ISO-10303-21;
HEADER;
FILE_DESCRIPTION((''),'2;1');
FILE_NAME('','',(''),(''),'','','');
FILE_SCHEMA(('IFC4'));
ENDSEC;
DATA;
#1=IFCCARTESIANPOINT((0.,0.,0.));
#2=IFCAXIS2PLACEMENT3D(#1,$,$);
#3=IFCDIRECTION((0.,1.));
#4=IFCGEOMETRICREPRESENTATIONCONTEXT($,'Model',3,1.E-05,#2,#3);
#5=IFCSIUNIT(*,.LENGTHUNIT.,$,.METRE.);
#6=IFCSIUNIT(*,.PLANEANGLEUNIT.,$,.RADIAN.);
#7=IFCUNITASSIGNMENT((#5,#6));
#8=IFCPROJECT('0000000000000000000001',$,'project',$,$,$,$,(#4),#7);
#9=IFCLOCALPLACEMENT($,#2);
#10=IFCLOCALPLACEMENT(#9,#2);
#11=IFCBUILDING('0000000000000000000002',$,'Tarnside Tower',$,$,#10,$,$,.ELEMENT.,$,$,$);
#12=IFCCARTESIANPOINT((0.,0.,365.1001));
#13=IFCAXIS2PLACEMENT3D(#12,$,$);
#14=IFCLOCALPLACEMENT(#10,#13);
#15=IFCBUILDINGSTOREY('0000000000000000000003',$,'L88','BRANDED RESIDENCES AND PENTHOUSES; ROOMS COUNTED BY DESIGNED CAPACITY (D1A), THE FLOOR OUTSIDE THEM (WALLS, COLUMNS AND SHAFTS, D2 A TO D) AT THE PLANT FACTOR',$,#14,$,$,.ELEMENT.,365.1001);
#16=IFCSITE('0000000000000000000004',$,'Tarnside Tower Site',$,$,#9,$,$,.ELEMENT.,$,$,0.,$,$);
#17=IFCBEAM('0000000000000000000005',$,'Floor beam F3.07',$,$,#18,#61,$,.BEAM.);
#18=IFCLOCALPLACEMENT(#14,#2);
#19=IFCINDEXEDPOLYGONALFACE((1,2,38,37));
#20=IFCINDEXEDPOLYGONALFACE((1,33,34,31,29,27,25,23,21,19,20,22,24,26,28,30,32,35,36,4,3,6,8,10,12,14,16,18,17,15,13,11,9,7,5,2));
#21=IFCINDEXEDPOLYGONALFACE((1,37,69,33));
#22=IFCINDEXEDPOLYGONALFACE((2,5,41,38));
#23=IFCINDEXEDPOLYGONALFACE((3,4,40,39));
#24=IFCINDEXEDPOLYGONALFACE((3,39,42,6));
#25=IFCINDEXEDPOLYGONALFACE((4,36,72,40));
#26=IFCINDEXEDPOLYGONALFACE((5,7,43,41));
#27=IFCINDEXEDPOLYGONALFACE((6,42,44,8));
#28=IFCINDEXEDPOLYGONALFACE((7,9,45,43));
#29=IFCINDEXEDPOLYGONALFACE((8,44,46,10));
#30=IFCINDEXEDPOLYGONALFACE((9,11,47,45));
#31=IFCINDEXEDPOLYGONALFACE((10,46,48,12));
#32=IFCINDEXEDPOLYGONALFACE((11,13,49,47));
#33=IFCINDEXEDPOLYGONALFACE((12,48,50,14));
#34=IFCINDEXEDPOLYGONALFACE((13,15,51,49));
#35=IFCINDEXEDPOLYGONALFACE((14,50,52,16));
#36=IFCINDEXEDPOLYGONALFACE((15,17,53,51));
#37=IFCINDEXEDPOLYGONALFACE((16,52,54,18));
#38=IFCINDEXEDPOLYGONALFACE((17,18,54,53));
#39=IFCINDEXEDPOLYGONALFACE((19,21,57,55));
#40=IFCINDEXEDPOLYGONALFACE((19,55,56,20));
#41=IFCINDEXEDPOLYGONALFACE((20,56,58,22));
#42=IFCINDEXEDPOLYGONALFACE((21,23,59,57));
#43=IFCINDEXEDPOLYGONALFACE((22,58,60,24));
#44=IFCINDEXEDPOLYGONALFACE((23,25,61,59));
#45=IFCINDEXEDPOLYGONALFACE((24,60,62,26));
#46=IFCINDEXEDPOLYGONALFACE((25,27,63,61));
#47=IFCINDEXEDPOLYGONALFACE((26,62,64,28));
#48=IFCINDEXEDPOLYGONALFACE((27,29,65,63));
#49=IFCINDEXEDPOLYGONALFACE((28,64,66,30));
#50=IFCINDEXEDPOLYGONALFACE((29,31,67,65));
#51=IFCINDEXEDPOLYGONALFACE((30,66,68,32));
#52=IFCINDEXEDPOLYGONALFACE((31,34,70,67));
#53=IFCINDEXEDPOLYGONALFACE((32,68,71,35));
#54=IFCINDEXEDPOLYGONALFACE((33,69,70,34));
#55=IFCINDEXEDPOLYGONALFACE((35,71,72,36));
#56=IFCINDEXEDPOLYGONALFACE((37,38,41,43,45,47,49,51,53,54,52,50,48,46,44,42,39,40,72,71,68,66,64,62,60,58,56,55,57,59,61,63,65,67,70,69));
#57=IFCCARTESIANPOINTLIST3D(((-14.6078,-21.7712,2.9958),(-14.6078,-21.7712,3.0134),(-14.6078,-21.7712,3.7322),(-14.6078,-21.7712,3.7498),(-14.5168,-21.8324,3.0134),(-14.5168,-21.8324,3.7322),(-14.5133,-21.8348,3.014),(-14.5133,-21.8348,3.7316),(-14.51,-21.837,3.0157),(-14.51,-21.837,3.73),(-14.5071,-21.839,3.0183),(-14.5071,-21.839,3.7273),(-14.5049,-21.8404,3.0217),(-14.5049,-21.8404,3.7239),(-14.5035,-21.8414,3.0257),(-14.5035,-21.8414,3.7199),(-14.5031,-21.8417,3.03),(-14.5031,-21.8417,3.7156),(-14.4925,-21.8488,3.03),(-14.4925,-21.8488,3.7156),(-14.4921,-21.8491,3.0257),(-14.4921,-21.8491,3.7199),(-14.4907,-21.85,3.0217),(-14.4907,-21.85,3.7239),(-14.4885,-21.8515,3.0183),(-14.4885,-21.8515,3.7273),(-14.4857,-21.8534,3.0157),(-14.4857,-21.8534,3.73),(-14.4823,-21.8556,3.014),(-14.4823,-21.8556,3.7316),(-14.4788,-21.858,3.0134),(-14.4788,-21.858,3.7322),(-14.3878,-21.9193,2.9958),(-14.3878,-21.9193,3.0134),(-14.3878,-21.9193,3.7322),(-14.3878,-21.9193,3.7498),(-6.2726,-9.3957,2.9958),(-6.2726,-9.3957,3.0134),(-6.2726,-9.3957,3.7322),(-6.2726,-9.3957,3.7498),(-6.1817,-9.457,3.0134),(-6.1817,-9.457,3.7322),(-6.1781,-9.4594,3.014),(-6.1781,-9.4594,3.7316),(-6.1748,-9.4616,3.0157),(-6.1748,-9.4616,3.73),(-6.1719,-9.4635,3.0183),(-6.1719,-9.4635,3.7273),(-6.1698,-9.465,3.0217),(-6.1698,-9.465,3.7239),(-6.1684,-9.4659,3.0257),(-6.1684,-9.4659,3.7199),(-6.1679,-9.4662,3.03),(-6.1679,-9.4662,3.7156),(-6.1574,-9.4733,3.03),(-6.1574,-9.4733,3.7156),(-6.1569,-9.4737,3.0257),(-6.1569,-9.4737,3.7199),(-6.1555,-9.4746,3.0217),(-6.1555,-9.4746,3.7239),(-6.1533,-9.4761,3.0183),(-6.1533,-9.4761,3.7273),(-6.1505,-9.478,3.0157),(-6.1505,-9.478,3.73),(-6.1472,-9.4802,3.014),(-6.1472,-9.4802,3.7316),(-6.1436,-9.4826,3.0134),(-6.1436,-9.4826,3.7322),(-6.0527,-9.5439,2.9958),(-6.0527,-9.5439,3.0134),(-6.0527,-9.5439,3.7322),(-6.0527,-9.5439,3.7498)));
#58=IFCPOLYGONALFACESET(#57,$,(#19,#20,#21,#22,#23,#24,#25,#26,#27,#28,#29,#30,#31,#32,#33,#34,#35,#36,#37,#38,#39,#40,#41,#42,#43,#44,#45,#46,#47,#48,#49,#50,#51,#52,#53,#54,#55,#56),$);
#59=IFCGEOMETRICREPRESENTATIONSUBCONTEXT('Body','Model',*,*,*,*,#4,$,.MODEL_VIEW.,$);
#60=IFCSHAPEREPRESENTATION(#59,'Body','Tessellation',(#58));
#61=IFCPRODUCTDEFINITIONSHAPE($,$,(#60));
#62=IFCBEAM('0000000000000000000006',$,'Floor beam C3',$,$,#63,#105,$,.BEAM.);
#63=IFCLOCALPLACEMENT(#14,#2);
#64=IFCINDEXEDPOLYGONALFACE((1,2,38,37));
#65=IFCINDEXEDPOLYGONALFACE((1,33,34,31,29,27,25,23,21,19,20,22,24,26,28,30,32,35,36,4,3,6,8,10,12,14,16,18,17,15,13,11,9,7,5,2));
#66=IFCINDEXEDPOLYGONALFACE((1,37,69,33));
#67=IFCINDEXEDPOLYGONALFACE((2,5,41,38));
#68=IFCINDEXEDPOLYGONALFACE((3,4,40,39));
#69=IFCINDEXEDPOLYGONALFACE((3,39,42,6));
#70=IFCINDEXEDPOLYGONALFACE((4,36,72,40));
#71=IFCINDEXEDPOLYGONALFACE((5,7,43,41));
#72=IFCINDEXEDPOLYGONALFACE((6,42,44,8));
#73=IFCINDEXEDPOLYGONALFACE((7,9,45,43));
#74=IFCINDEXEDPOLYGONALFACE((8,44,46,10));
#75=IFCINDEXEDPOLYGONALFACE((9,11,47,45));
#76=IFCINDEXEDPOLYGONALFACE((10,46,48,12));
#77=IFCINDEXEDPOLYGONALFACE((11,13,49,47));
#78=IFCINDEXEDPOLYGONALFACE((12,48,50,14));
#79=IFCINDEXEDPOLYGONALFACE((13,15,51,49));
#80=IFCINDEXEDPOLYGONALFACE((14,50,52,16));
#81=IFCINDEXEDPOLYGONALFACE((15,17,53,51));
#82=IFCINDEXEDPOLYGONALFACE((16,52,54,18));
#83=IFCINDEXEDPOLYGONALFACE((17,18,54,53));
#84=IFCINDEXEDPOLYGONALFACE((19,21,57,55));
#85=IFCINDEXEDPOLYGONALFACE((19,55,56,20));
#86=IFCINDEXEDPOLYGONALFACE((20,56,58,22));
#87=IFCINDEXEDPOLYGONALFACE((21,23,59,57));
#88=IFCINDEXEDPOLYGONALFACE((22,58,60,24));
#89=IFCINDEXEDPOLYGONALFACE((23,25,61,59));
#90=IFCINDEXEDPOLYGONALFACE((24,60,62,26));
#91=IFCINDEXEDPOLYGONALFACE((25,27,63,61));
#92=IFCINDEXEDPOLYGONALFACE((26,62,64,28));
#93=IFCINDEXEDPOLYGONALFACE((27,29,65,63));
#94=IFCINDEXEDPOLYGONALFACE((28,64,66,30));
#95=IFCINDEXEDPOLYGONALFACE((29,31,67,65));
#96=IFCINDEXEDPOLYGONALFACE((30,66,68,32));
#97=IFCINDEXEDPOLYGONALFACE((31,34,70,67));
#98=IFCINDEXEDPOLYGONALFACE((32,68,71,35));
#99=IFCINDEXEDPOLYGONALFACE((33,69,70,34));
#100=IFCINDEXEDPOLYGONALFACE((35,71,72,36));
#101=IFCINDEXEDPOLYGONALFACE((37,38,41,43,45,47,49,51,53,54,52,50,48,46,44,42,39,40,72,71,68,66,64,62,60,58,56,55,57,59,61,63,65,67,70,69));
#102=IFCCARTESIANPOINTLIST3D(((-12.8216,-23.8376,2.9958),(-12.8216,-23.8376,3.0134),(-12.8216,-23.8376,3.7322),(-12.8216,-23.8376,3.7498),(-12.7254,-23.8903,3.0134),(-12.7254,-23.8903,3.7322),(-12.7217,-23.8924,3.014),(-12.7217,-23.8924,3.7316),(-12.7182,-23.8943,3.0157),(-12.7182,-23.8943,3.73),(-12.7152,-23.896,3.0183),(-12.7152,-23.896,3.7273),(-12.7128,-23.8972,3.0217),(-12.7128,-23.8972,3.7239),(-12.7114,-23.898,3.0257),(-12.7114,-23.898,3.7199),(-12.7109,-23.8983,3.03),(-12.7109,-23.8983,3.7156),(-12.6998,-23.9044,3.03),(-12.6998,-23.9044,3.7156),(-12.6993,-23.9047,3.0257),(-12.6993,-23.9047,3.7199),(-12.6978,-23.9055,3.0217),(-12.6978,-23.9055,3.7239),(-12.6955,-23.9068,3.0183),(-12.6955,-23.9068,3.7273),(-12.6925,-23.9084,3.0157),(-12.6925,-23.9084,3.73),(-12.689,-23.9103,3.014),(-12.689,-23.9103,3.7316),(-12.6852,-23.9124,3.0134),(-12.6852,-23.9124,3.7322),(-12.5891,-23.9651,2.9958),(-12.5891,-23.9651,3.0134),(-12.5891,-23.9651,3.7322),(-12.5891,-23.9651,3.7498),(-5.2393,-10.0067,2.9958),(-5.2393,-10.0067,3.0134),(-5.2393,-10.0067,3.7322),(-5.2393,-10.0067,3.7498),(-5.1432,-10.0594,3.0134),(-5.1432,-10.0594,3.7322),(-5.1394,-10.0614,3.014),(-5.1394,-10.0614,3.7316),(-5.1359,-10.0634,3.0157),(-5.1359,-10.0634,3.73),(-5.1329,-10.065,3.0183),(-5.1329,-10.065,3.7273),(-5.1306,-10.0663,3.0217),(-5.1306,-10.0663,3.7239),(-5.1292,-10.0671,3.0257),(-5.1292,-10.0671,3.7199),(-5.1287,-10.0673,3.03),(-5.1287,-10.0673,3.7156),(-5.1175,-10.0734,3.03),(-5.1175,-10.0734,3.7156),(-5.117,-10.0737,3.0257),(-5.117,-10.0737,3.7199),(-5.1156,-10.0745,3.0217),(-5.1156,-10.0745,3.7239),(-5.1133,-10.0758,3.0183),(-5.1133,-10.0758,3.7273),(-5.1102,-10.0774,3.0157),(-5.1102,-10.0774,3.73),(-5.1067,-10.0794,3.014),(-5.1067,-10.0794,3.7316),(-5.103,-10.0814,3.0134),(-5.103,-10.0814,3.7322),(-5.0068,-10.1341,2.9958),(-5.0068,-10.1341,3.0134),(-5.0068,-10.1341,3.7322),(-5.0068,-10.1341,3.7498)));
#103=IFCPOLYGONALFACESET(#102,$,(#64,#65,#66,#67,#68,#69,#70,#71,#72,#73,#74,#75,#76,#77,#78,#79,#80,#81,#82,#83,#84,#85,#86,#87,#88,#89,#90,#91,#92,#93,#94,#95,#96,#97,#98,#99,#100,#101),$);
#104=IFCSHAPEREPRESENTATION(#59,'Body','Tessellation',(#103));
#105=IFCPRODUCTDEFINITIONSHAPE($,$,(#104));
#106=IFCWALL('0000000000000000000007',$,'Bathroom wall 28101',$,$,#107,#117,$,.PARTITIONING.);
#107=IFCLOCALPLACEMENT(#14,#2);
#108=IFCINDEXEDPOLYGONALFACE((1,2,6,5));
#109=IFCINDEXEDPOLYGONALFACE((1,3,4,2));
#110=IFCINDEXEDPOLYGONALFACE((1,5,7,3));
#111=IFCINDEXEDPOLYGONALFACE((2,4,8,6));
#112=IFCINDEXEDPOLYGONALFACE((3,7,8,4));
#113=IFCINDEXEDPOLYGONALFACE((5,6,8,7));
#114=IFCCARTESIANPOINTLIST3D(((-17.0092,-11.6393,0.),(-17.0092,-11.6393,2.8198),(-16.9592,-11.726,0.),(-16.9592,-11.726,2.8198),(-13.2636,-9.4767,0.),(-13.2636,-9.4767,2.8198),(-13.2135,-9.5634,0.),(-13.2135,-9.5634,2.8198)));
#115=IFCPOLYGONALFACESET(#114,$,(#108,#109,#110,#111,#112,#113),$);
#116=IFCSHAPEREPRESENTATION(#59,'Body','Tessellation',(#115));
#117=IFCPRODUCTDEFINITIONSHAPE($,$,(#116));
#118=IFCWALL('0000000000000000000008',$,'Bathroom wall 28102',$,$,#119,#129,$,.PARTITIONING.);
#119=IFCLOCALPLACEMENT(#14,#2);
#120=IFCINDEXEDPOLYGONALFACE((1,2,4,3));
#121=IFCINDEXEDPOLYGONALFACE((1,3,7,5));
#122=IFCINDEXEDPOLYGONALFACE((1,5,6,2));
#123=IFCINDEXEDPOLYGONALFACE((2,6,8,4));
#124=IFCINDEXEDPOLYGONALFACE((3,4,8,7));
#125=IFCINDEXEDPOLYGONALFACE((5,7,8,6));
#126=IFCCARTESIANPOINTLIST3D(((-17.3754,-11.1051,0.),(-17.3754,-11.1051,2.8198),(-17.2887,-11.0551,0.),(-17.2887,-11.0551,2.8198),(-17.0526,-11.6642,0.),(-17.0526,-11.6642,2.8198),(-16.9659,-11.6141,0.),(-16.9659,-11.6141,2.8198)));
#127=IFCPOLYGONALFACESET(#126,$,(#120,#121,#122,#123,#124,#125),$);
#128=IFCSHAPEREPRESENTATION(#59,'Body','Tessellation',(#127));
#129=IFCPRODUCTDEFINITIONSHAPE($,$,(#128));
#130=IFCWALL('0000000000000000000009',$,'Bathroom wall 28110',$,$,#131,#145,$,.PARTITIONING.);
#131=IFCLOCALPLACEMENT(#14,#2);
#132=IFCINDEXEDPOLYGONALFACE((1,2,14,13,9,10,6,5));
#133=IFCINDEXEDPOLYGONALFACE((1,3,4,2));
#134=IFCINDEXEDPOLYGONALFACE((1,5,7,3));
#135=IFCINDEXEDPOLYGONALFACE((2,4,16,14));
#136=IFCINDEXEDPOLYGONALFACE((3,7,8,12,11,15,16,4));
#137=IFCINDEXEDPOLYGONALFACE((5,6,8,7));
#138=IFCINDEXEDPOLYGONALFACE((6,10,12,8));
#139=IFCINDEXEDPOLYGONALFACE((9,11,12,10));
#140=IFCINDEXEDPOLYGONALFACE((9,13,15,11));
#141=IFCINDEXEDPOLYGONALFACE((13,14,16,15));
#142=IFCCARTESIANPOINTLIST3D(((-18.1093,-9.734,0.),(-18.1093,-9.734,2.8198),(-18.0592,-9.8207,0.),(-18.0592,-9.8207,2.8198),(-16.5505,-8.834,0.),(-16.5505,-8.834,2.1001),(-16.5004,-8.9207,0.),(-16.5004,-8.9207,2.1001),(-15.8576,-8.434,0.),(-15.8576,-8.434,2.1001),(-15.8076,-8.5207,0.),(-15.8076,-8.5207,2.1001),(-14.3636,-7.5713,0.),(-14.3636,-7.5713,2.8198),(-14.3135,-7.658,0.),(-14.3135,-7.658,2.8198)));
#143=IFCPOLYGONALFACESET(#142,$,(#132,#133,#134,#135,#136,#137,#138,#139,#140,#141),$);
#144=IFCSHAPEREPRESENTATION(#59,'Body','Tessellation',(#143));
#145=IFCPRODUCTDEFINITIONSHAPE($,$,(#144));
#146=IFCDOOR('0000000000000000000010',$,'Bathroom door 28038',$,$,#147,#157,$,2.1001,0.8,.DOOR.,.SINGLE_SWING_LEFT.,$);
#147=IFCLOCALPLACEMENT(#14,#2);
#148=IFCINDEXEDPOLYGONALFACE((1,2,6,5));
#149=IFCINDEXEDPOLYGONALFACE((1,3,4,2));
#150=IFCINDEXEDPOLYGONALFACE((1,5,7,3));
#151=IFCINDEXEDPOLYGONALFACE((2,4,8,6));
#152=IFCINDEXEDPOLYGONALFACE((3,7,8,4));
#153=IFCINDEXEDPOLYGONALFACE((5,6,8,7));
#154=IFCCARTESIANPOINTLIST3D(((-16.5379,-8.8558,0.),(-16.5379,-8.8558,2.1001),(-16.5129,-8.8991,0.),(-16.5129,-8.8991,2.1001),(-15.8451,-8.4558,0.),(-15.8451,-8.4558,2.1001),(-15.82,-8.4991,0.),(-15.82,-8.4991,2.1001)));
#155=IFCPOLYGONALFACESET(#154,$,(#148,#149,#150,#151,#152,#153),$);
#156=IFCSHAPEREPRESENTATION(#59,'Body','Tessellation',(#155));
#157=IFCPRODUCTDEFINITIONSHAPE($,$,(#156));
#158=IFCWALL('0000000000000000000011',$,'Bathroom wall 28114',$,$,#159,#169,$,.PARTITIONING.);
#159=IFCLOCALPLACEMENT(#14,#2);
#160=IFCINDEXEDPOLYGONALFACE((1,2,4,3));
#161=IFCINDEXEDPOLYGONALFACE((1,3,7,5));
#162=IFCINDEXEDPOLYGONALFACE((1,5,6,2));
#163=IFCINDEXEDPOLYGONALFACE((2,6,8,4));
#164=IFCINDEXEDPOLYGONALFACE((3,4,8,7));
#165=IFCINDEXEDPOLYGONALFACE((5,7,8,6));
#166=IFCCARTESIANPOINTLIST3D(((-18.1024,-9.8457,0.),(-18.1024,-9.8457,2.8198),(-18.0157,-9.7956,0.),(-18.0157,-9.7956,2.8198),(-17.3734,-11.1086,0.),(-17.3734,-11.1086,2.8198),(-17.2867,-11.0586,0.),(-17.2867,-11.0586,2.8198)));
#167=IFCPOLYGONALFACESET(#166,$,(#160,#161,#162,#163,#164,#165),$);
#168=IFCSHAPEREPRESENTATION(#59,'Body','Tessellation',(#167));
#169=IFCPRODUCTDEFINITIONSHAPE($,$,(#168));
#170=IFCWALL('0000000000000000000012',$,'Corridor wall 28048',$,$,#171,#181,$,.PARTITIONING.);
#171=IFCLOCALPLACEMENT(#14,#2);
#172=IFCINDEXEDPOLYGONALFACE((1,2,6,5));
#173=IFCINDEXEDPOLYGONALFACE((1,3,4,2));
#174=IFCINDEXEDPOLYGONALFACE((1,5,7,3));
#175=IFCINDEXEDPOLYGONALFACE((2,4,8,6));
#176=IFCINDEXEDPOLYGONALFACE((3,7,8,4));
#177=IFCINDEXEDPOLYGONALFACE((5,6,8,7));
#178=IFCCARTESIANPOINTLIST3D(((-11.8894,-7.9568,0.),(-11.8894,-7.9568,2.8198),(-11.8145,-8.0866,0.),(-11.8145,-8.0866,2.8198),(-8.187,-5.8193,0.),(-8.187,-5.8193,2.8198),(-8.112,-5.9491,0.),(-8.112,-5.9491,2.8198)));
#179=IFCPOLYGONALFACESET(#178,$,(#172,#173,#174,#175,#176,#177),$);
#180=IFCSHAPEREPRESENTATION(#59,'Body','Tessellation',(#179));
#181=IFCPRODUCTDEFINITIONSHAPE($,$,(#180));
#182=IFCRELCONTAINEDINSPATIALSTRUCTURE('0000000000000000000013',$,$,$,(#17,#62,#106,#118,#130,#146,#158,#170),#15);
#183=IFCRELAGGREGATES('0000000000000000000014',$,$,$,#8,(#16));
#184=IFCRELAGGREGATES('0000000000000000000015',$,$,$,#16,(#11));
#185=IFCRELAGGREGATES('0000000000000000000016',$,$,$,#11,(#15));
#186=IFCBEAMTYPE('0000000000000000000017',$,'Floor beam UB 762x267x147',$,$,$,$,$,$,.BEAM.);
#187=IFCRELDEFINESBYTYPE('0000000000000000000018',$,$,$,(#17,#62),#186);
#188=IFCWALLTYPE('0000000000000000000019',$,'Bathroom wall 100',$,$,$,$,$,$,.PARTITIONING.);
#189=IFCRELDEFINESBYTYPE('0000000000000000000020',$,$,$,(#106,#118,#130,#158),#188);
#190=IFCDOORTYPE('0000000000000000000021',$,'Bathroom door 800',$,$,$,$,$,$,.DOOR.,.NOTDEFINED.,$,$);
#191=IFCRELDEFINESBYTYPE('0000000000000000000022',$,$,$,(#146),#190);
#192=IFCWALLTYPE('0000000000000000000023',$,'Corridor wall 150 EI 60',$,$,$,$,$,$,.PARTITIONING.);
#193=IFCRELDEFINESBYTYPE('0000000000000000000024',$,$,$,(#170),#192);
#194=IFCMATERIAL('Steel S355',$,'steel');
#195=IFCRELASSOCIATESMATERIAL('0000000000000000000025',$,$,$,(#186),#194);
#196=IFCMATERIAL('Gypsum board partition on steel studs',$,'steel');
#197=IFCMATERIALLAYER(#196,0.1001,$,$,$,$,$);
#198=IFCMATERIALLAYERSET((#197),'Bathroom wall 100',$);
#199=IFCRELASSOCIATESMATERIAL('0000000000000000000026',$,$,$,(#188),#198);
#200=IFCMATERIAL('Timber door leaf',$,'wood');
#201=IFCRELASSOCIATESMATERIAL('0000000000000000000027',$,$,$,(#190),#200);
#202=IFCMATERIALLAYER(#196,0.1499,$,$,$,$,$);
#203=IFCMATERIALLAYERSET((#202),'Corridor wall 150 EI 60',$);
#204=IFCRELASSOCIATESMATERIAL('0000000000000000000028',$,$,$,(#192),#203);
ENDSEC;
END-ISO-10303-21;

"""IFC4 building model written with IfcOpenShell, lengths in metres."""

from ifc_helpers import new_model, si_unit, direction, frame, frame_2d, origin, origin_2d, place, context, subcontext, project, spatial, rectangle, i_section, extrude, material, layer, layer_set, material_profile, profile_set, type_object, element, fill, save


model = new_model("IFC4")

# Units and contexts
model_context = context("Model", 3, precision=1e-05, world=origin(), true_north=direction((0.0, 1.0)))
body_context = subcontext(model_context, "Body", "Model", "MODEL_VIEW")
ifc_project = project(units=[si_unit("LENGTHUNIT", "METRE"), si_unit("PLANEANGLEUNIT", "RADIAN")], contexts=[model_context])

# Site, building, storey
site_placement = place(None, origin())
site = spatial("IfcSite", under=ifc_project, at=site_placement, Name="Tarnside Tower Site", CompositionType="ELEMENT", RefElevation=0.0)
building_placement = place(site_placement, origin())
building = spatial("IfcBuilding", under=site, at=building_placement, Name="Tarnside Tower", CompositionType="ELEMENT")
storey_placement = place(building_placement, frame((0.0, 0.0, 365.1001)))
storey = spatial("IfcBuildingStorey", under=building, at=storey_placement, Name="L88", Description="BRANDED RESIDENCES AND PENTHOUSES; ROOMS COUNTED BY DESIGNED CAPACITY (D1A), THE FLOOR OUTSIDE THEM (WALLS, COLUMNS AND SHAFTS, D2 A TO D) AT THE PLANT FACTOR", CompositionType="ELEMENT", Elevation=365.1001)

# Beams
ifc_material_1 = material(Name="Steel S355", Category="steel")
ifc_material_profile_1 = material_profile(ifc_material_1, i_section(OverallWidth=0.2651, OverallDepth=0.7539, WebThickness=0.0127, FlangeThickness=0.0176, FilletRadius=0.0166, at=origin_2d()), Name="UB 762x267x147")
ifc_profile_set_1 = profile_set([ifc_material_profile_1], Name="Steel S355")
beam_type_1 = type_object("IfcBeamType", Name="Floor beam UB 762x267x147", PredefinedType="BEAM", material=ifc_profile_set_1)
beam_1_placement = place(storey_placement, frame((-14.4978, -21.8452, 3.3728), z_axis=(0.558632, 0.829415, 0.0), x_axis=(-0.829415, 0.558632, 0.0)))
element("IfcBeam", 1, at=beam_1_placement, inside=storey, type_object=beam_type_1, Name="Floor beam F3.07", PredefinedType="BEAM", context=body_context, shape_type="SweptSolid", body=[
    extrude(i_section(OverallWidth=0.2651, OverallDepth=0.7539, WebThickness=0.0127, FlangeThickness=0.0176, FilletRadius=0.0166, at=origin_2d()), origin(), (0.0, 0.0, 1.0), 14.9207),
])
beam_2_placement = place(storey_placement, frame((-12.7053, -23.9014, 3.3728), z_axis=(0.480711, 0.876879, 0.0), x_axis=(-0.876879, 0.480711, 0.0)))
element("IfcBeam", 2, at=beam_2_placement, inside=storey, type_object=beam_type_1, Name="Floor beam C3", PredefinedType="BEAM", context=body_context, shape_type="SweptSolid", body=[
    extrude(i_section(OverallWidth=0.2651, OverallDepth=0.7539, WebThickness=0.0127, FlangeThickness=0.0176, FilletRadius=0.0166, at=origin_2d()), origin(), (0.0, 0.0, 1.0), 15.7729),
])

# Walls
ifc_material_2 = material(Name="Gypsum board partition on steel studs", Category="steel")
ifc_layer_1 = layer(ifc_material_2, 0.1001)
ifc_layer_set_1 = layer_set([ifc_layer_1], Name="Bathroom wall 100")
wall_type_1 = type_object("IfcWallType", Name="Bathroom wall 100", PredefinedType="PARTITIONING", material=ifc_layer_set_1)
wall_1_placement = place(storey_placement, frame((-13.2385, -9.52, 0.0), z_axis=(0.0, 0.0, 1.0), x_axis=(-0.866018, -0.500012, 0.0)))
element("IfcWall", 3, at=wall_1_placement, inside=storey, type_object=wall_type_1, Name="Bathroom wall 28101", PredefinedType="PARTITIONING", context=body_context, shape_type="SweptSolid", body=[
    extrude(rectangle(XDim=4.3252, YDim=0.1001, at=frame_2d((2.1626, 0.0))), origin(), (0.0, 0.0, 1.0), 2.8198),
])
wall_2_placement = place(storey_placement, frame((-17.0093, -11.6392, 0.0), z_axis=(0.0, 0.0, 1.0), x_axis=(-0.499963, 0.866047, 0.0)))
element("IfcWall", 4, at=wall_2_placement, inside=storey, type_object=wall_type_1, Name="Bathroom wall 28102", PredefinedType="PARTITIONING", context=body_context, shape_type="SweptSolid", body=[
    extrude(rectangle(XDim=0.6455, YDim=0.1001, at=frame_2d((0.3228, 0.0))), origin(), (0.0, 0.0, 1.0), 2.8198),
])

# Wall, opening, door
wall_3_placement = place(storey_placement, frame((-18.0842, -9.7773, 0.0), z_axis=(0.0, 0.0, 1.0), x_axis=(0.866018, 0.500012, 0.0)))
wall_3 = element("IfcWall", 5, at=wall_3_placement, inside=storey, type_object=wall_type_1, Name="Bathroom wall 28110", PredefinedType="PARTITIONING", context=body_context, shape_type="SweptSolid", body=[
    extrude(rectangle(XDim=4.3252, YDim=0.1001, at=frame_2d((2.1626, 0.0))), origin(), (0.0, 0.0, 1.0), 2.8198),
])
opening_1_placement = place(wall_3_placement, frame((1.8, 0.0, 0.0)))
opening_1 = element("IfcOpeningElement", 6, at=opening_1_placement, cuts=wall_3, PredefinedType="OPENING", context=body_context, shape_type="SweptSolid", body=[
    extrude(rectangle(XDim=0.8, YDim=2.1001, at=frame_2d((0.3999, 1.05))), frame((0.0, 0.0601, 0.0), z_axis=(0.0, -1.0, 0.0), x_axis=(1.0, 0.0, 0.0)), (0.0, 0.0, 1.0), 0.1201),
])
ifc_material_3 = material(Name="Timber door leaf", Category="wood")
door_type_1 = type_object("IfcDoorType", Name="Bathroom door 800", OperationType="NOTDEFINED", PredefinedType="DOOR", material=ifc_material_3)
door_1_placement = place(opening_1_placement, origin())
door_1 = element("IfcDoor", 7, at=door_1_placement, inside=storey, type_object=door_type_1, Name="Bathroom door 28038", OperationType="SINGLE_SWING_LEFT", OverallHeight=2.1001, OverallWidth=0.8, PredefinedType="DOOR", context=body_context, shape_type="SweptSolid", body=[
    extrude(rectangle(XDim=0.8, YDim=2.1001, at=frame_2d((0.3999, 1.05))), frame((0.0, 0.0249, 0.0), z_axis=(0.0, -1.0, 0.0), x_axis=(1.0, 0.0, 0.0)), (0.0, 0.0, 1.0), 0.05),
])
fill(opening_1, door_1)

# Walls
wall_4_placement = place(storey_placement, frame((-17.3301, -11.0835, 0.0), z_axis=(0.0, 0.0, 1.0), x_axis=(-0.499921, 0.866071, 0.0)))
element("IfcWall", 8, at=wall_4_placement, inside=storey, type_object=wall_type_1, Name="Bathroom wall 28114", PredefinedType="PARTITIONING", context=body_context, shape_type="SweptSolid", body=[
    extrude(rectangle(XDim=1.4583, YDim=0.1001, at=frame_2d((0.729, 0.0))), origin(), (0.0, 0.0, 1.0), 2.8198),
])
ifc_layer_2 = layer(ifc_material_2, 0.1499)
ifc_layer_set_2 = layer_set([ifc_layer_2], Name="Corridor wall 150 EI 60")
wall_type_2 = type_object("IfcWallType", Name="Corridor wall 150 EI 60", PredefinedType="PARTITIONING", material=ifc_layer_set_2)
wall_5_placement = place(storey_placement, frame((-11.8521, -8.0217, 0.0), z_axis=(0.0, 0.0, 1.0), x_axis=(0.866038, 0.499978, 0.0)))
element("IfcWall", 9, at=wall_5_placement, inside=storey, type_object=wall_type_2, Name="Corridor wall 28048", PredefinedType="PARTITIONING", context=body_context, shape_type="SweptSolid", body=[
    extrude(rectangle(XDim=4.2751, YDim=0.1499, at=frame_2d((2.1377, 0.0))), origin(), (0.0, 0.0, 1.0), 2.8198),
])

save(model, "model.ifc")
